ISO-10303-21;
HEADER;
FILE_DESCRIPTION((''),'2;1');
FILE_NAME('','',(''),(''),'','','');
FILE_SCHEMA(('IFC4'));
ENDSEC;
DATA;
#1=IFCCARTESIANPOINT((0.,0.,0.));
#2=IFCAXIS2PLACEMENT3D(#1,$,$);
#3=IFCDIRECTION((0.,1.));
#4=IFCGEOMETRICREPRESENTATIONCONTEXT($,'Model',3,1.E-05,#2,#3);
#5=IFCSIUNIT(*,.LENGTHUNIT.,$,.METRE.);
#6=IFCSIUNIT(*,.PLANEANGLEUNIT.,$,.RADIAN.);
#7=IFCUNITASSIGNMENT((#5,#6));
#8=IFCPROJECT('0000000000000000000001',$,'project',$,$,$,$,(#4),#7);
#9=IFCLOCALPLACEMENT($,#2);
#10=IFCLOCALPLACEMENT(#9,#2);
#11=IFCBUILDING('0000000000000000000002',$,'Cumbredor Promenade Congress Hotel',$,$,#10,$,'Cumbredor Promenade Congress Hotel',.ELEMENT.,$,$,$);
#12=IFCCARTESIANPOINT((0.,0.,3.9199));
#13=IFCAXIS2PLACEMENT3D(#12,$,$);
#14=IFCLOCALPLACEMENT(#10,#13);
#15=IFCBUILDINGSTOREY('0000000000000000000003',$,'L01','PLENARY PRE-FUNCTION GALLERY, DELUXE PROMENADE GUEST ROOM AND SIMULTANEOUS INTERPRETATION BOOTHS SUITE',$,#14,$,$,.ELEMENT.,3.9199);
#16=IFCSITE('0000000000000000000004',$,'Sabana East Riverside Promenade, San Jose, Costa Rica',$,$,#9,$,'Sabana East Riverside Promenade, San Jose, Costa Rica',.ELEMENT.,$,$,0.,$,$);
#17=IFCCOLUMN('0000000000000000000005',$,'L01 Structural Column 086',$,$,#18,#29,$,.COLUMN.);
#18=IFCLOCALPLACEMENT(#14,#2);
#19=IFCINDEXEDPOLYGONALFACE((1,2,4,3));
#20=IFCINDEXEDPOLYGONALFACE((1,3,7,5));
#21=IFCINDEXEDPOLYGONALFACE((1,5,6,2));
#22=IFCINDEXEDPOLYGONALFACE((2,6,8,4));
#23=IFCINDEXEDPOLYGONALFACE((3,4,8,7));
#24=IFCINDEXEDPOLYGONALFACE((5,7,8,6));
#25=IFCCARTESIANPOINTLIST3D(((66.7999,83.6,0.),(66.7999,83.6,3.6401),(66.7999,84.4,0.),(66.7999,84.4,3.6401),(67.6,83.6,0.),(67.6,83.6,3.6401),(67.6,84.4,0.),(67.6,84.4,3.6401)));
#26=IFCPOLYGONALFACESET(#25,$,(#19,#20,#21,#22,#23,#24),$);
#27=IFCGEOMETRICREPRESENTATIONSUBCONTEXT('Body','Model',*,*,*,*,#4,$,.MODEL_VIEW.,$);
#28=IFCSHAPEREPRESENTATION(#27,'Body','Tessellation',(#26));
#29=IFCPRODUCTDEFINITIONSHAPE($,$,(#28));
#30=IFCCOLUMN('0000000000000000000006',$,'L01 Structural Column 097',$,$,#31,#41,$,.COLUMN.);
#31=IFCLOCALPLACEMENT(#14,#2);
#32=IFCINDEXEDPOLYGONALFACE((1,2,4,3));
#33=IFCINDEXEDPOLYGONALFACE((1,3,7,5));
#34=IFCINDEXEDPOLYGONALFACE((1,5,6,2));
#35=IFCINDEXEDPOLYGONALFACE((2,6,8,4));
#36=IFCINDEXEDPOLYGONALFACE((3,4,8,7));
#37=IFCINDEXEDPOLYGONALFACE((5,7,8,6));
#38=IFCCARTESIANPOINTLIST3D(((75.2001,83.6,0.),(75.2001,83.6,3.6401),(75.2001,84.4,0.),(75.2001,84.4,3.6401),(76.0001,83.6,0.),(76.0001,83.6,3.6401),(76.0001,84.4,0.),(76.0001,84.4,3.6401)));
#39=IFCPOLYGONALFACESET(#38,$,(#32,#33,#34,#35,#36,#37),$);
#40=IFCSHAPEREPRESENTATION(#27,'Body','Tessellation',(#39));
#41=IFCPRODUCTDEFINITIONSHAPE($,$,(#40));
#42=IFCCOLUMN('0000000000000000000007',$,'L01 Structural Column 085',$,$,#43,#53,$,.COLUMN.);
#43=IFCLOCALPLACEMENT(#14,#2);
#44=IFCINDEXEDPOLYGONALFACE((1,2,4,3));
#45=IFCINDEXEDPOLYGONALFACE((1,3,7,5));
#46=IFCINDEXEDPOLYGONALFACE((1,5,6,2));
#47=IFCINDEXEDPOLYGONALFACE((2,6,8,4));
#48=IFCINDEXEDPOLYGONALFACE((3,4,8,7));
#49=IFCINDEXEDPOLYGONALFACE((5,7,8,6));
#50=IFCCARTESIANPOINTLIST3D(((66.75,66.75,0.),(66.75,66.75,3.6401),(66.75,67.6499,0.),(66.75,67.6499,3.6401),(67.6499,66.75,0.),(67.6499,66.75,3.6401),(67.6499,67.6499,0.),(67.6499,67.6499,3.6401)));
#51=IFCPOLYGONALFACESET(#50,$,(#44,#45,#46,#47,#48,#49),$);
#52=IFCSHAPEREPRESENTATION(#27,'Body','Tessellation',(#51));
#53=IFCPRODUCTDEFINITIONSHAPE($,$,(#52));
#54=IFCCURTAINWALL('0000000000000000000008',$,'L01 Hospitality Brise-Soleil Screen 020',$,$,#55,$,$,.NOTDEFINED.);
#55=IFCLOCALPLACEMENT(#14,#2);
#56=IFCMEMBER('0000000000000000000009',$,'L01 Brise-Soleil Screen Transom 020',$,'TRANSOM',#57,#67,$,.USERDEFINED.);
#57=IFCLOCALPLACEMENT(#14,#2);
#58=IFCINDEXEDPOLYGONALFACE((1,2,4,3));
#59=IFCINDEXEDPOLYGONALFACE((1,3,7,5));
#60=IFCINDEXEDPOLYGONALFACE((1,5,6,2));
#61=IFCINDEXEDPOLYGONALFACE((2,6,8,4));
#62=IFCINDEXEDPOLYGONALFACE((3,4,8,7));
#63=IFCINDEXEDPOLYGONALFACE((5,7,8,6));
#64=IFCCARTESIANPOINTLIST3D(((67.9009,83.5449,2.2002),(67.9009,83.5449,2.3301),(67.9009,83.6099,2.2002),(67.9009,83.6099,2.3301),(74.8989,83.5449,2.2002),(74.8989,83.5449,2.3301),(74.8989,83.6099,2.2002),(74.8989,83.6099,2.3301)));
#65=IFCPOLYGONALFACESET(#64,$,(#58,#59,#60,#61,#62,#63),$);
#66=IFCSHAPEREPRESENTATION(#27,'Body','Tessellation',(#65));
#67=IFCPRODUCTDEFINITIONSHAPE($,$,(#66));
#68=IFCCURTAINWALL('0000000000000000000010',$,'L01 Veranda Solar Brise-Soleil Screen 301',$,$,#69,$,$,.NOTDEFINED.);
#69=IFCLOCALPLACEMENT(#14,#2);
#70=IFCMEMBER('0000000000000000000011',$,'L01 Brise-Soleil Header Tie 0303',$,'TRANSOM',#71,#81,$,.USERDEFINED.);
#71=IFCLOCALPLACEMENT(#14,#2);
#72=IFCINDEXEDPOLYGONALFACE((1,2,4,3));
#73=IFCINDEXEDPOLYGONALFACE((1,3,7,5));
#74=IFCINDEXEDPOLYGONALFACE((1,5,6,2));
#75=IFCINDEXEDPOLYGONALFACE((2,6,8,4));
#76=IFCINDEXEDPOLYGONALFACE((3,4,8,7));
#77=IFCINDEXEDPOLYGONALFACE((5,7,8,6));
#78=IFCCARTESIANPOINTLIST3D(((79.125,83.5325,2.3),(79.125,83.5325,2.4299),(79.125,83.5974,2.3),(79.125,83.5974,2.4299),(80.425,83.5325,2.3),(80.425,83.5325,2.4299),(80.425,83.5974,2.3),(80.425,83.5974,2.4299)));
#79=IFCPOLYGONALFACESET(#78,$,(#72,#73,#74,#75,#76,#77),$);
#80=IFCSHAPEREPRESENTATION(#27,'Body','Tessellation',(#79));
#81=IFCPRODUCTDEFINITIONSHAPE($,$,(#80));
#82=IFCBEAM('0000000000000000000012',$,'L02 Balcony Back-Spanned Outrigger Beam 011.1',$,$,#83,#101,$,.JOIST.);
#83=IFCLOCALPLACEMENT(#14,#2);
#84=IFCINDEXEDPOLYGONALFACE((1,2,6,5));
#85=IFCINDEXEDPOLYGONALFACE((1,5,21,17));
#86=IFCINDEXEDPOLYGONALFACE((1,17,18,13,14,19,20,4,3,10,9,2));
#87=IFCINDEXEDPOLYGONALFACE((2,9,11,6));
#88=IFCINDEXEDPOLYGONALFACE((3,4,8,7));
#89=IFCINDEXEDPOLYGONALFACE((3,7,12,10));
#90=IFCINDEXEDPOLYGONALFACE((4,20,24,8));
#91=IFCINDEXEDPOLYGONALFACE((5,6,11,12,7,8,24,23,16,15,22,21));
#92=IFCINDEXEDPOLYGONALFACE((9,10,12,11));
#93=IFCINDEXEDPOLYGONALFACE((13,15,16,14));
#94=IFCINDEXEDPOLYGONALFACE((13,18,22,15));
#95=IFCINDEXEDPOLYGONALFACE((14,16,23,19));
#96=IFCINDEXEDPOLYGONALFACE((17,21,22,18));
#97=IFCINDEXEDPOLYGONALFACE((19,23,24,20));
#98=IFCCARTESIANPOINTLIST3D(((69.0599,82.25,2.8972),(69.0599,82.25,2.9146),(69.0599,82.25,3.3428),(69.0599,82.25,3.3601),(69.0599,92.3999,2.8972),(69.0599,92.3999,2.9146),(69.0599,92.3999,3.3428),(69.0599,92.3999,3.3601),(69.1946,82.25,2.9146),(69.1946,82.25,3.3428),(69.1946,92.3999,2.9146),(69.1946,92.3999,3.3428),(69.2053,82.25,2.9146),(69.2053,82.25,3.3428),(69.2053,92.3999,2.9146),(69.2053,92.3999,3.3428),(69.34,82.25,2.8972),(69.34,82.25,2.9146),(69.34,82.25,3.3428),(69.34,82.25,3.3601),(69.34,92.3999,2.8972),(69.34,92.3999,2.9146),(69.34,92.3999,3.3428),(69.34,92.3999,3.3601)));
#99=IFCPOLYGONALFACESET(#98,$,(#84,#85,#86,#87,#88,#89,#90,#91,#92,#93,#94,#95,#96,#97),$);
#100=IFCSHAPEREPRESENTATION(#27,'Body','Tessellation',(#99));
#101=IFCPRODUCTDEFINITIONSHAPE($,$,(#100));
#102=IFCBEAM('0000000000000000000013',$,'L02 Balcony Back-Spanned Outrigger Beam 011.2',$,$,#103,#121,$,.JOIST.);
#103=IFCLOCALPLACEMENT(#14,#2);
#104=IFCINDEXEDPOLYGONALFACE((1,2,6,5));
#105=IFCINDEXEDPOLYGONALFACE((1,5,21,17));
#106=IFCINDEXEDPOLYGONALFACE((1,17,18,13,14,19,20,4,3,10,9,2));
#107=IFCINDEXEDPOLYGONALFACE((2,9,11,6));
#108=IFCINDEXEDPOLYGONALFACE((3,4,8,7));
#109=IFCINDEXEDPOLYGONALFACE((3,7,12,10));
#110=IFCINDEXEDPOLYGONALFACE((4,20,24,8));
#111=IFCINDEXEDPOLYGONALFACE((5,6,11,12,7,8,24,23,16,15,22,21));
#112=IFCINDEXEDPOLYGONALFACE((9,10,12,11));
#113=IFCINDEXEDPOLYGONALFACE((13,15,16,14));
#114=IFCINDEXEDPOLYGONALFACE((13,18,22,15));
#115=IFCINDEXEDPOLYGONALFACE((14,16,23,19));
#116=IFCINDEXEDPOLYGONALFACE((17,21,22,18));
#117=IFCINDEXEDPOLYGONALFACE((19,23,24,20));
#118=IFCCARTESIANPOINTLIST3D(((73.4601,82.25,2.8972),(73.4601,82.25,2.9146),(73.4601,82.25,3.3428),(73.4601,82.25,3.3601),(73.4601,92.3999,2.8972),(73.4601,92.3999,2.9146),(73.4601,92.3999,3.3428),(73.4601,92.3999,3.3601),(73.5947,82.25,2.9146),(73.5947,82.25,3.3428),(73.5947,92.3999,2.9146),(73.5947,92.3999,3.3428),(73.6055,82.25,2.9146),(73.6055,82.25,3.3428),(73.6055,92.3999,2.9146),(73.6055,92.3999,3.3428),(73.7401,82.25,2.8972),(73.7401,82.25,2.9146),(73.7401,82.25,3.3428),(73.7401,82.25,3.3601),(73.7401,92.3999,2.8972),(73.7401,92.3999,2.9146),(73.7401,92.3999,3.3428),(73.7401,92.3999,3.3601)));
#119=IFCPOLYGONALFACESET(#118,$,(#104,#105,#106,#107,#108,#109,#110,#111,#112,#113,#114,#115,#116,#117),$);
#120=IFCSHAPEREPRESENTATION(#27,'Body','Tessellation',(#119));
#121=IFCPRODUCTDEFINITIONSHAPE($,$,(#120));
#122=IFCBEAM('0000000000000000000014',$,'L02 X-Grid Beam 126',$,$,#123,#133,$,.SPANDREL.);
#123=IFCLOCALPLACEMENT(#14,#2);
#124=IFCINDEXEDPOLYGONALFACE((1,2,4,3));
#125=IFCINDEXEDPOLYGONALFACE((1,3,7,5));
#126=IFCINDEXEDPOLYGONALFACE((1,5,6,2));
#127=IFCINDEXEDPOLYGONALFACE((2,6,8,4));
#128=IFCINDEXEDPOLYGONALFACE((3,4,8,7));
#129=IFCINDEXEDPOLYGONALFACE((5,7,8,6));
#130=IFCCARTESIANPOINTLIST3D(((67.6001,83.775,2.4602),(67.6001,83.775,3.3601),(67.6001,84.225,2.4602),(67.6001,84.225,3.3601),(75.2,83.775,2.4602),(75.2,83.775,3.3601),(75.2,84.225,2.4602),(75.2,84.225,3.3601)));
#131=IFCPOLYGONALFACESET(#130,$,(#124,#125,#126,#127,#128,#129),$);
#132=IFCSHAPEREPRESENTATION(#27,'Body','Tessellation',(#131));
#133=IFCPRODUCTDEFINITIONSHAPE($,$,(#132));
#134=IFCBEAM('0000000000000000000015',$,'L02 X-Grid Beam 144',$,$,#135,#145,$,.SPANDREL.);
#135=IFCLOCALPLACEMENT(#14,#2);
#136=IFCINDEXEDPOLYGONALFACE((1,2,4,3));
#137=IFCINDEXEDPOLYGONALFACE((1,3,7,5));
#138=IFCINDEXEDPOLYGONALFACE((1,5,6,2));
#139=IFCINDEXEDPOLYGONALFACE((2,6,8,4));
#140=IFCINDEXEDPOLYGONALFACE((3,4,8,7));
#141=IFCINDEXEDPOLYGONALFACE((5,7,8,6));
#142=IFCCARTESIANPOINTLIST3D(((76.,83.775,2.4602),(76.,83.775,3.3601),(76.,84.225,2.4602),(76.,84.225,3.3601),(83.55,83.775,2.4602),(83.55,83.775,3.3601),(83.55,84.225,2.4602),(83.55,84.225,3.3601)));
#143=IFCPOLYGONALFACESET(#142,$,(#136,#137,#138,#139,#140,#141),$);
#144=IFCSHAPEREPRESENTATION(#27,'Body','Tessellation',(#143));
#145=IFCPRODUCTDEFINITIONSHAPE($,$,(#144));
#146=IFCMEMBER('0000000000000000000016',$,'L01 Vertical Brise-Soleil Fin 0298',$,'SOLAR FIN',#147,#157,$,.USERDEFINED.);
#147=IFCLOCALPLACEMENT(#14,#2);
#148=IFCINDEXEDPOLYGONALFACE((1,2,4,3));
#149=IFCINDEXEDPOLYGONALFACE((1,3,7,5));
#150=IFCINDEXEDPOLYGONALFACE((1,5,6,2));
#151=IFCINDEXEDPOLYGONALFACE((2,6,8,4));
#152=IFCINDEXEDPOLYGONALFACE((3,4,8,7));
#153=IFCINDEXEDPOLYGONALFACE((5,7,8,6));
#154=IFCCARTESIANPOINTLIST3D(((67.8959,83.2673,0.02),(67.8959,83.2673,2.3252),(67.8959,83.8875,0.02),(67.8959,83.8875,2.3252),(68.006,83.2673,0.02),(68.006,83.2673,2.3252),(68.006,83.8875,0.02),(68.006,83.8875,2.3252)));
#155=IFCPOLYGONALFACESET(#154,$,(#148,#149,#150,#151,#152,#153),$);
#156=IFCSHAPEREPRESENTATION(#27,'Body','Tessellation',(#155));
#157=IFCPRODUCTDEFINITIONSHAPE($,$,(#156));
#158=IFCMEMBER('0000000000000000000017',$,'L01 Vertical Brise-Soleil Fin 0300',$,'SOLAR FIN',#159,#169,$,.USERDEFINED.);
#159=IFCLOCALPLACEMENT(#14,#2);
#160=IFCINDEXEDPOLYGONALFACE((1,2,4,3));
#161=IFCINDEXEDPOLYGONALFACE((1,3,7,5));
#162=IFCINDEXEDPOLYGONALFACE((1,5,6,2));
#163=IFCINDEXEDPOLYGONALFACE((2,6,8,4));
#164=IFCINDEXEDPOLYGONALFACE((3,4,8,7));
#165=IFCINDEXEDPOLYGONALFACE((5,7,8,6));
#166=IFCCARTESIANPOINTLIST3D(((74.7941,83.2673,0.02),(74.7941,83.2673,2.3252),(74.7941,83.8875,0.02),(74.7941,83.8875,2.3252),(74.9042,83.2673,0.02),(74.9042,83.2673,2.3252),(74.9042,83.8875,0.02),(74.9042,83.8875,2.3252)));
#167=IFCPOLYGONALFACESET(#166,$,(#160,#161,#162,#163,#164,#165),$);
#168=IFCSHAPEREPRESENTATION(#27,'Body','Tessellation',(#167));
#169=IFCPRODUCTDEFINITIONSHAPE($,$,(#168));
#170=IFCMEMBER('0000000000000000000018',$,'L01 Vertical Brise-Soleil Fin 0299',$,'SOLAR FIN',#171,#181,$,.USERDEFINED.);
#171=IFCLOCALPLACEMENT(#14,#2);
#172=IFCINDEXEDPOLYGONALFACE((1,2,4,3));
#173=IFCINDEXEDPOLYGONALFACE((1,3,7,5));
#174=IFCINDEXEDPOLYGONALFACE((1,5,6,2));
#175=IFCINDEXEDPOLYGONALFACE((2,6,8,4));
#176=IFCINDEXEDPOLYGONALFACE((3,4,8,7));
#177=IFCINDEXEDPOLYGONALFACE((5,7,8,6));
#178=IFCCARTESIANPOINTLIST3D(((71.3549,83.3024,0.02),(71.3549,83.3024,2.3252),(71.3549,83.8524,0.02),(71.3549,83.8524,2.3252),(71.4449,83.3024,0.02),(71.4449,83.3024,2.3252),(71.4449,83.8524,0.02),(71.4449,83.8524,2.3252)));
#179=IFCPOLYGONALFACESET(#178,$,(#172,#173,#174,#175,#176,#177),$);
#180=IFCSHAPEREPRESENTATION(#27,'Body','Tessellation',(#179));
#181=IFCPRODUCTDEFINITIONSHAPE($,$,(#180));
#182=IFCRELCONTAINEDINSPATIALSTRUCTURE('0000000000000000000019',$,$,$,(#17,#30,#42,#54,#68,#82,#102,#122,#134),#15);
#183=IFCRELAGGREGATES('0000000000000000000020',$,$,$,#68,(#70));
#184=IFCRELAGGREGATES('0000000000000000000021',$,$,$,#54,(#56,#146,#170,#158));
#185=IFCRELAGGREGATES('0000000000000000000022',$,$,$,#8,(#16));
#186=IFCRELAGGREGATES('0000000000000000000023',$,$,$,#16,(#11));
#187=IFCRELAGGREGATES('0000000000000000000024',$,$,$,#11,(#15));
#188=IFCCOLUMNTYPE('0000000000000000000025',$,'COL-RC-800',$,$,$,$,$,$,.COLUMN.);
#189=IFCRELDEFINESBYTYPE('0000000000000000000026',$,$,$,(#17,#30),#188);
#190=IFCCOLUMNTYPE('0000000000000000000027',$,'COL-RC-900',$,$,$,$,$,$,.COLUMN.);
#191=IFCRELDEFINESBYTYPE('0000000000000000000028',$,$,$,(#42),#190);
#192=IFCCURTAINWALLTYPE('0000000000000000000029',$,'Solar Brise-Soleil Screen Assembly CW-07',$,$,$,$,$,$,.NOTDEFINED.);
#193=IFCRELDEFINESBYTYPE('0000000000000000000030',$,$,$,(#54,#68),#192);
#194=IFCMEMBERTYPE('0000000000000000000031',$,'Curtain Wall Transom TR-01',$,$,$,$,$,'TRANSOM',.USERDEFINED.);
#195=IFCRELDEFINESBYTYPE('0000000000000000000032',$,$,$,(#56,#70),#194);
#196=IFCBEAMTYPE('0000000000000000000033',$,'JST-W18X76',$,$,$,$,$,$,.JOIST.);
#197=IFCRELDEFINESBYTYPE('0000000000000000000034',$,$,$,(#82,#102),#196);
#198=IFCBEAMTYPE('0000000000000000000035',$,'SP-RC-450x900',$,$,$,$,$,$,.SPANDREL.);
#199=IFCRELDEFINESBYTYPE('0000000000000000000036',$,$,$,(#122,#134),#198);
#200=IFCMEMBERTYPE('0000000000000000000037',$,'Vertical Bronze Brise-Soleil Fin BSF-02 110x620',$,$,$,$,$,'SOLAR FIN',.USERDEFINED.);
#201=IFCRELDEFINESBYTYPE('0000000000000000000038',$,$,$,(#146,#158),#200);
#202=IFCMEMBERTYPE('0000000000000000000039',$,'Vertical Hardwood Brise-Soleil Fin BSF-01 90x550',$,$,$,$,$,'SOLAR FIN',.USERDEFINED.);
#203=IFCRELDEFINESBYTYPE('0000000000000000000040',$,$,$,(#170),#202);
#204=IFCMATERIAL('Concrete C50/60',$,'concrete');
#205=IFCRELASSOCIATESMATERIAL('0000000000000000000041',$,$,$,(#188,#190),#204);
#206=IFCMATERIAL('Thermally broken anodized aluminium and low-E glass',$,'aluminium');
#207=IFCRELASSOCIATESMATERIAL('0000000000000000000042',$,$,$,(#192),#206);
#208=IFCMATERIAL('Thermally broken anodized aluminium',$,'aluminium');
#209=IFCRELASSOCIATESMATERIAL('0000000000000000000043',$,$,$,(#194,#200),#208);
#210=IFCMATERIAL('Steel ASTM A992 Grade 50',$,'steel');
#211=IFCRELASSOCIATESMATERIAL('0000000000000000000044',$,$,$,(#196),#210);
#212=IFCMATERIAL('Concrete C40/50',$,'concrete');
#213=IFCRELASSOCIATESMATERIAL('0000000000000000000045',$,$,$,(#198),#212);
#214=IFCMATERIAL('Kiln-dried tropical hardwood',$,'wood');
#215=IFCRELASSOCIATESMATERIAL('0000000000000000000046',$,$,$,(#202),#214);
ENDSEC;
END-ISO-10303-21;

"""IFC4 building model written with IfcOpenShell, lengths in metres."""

from ifc_helpers import new_model, si_unit, direction, frame, origin, origin_2d, place, context, subcontext, project, spatial, rectangle, i_section, extrude, material, material_profile, profile_set, type_object, element, aggregate, save


model = new_model("IFC4")

# Units and contexts
model_context = context("Model", 3, precision=1e-05, world=origin(), true_north=direction((0.0, 1.0)))
body_context = subcontext(model_context, "Body", "Model", "MODEL_VIEW")
ifc_project = project(units=[si_unit("LENGTHUNIT", "METRE"), si_unit("PLANEANGLEUNIT", "RADIAN")], contexts=[model_context])

# Site, building, storey
site_placement = place(None, origin())
site = spatial("IfcSite", under=ifc_project, at=site_placement, Name="Sabana East Riverside Promenade, San Jose, Costa Rica", LongName="Sabana East Riverside Promenade, San Jose, Costa Rica", CompositionType="ELEMENT", RefElevation=0.0)
building_placement = place(site_placement, origin())
building = spatial("IfcBuilding", under=site, at=building_placement, Name="Cumbredor Promenade Congress Hotel", LongName="Cumbredor Promenade Congress Hotel", CompositionType="ELEMENT")
storey_placement = place(building_placement, frame((0.0, 0.0, 3.9199)))
storey = spatial("IfcBuildingStorey", under=building, at=storey_placement, Name="L01", Description="PLENARY PRE-FUNCTION GALLERY, DELUXE PROMENADE GUEST ROOM AND SIMULTANEOUS INTERPRETATION BOOTHS SUITE", CompositionType="ELEMENT", Elevation=3.9199)

# Columns
ifc_material_1 = material(Name="Concrete C50/60", Category="concrete")
ifc_material_profile_1 = material_profile(ifc_material_1, rectangle(XDim=0.8, YDim=0.8, at=origin_2d()), Name="RC 800x800")
ifc_profile_set_1 = profile_set([ifc_material_profile_1], Name="Concrete C50/60")
column_type_1 = type_object("IfcColumnType", Name="COL-RC-800", PredefinedType="COLUMN", material=ifc_profile_set_1)
for number, where, z_axis, x_axis, name in (
    (1, (67.2, 84.0, 0.0), (0.0, 0.0, 1.0), (1.0, 0.0, 0.0), "L01 Structural Column 086"),
    (2, (75.6001, 84.0, 0.0), (0.0, 0.0, 1.0), (1.0, 0.0, 0.0), "L01 Structural Column 097"),
):
    element("IfcColumn", number, at=place(storey_placement, frame(where, z_axis=z_axis, x_axis=x_axis)), inside=storey, type_object=column_type_1, Name=name, PredefinedType="COLUMN", context=body_context, shape_type="SweptSolid", body=[
        extrude(rectangle(XDim=0.8, YDim=0.8, at=origin_2d()), origin(), (0.0, 0.0, 1.0), 3.6401),
    ])
ifc_material_profile_2 = material_profile(ifc_material_1, rectangle(XDim=0.8999, YDim=0.8999, at=origin_2d()), Name="RC 900x900")
ifc_profile_set_2 = profile_set([ifc_material_profile_2], Name="Concrete C50/60")
column_type_2 = type_object("IfcColumnType", Name="COL-RC-900", PredefinedType="COLUMN", material=ifc_profile_set_2)
column_placement = place(storey_placement, frame((67.2, 67.2, 0.0), z_axis=(0.0, 0.0, 1.0), x_axis=(1.0, 0.0, 0.0)))
element("IfcColumn", 3, at=column_placement, inside=storey, type_object=column_type_2, Name="L01 Structural Column 085", PredefinedType="COLUMN", context=body_context, shape_type="SweptSolid", body=[
    extrude(rectangle(XDim=0.8999, YDim=0.8999, at=origin_2d()), origin(), (0.0, 0.0, 1.0), 3.6401),
])

# Curtain walls, members
ifc_material_2 = material(Name="Thermally broken anodized aluminium and low-E glass", Category="aluminium")
curtain_wall_type = type_object("IfcCurtainWallType", Name="Solar Brise-Soleil Screen Assembly CW-07", PredefinedType="NOTDEFINED", material=ifc_material_2)
curtain_wall_1_placement = place(storey_placement, origin())
curtain_wall_1 = element("IfcCurtainWall", 4, at=curtain_wall_1_placement, inside=storey, type_object=curtain_wall_type, Name="L01 Hospitality Brise-Soleil Screen 020", PredefinedType="NOTDEFINED")
ifc_material_3 = material(Name="Thermally broken anodized aluminium", Category="aluminium")
ifc_material_profile_3 = material_profile(ifc_material_3, rectangle(XDim=0.0649, YDim=0.1299, at=origin_2d()), Name="ALU TRANSOM 65x130")
ifc_profile_set_3 = profile_set([ifc_material_profile_3], Name="Thermally broken anodized aluminium")
member_type_1 = type_object("IfcMemberType", Name="Curtain Wall Transom TR-01", ElementType="TRANSOM", PredefinedType="USERDEFINED", material=ifc_profile_set_3)
member_1_placement = place(storey_placement, frame((67.9009, 83.5774, 2.2651), z_axis=(1.0, 0.0, 0.0), x_axis=(0.0, 1.0, 0.0)))
member_1 = element("IfcMember", 5, at=member_1_placement, type_object=member_type_1, Name="L01 Brise-Soleil Screen Transom 020", ObjectType="TRANSOM", PredefinedType="USERDEFINED", context=body_context, shape_type="SweptSolid", body=[
    extrude(rectangle(XDim=0.0649, YDim=0.1299, at=origin_2d()), origin(), (0.0, 0.0, 1.0), 6.998),
])
curtain_wall_2_placement = place(storey_placement, origin())
curtain_wall_2 = element("IfcCurtainWall", 6, at=curtain_wall_2_placement, inside=storey, type_object=curtain_wall_type, Name="L01 Veranda Solar Brise-Soleil Screen 301", PredefinedType="NOTDEFINED")
member_2_placement = place(storey_placement, frame((79.125, 83.5649, 2.365), z_axis=(1.0, 0.0, 0.0), x_axis=(0.0, 1.0, 0.0)))
member_2 = element("IfcMember", 7, at=member_2_placement, type_object=member_type_1, Name="L01 Brise-Soleil Header Tie 0303", ObjectType="TRANSOM", PredefinedType="USERDEFINED", context=body_context, shape_type="SweptSolid", body=[
    extrude(rectangle(XDim=0.0649, YDim=0.1299, at=origin_2d()), origin(), (0.0, 0.0, 1.0), 1.3),
])

# Beams
ifc_material_4 = material(Name="Steel ASTM A992 Grade 50", Category="steel")
ifc_material_profile_4 = material_profile(ifc_material_4, i_section(OverallWidth=0.28, OverallDepth=0.4629, WebThickness=0.0107, FlangeThickness=0.0173, at=origin_2d()), Name="W18X76")
ifc_profile_set_4 = profile_set([ifc_material_profile_4], Name="Steel ASTM A992 Grade 50")
beam_type_1 = type_object("IfcBeamType", Name="JST-W18X76", PredefinedType="JOIST", material=ifc_profile_set_4)
for number, where, z_axis, x_axis, name in (
    (8, (69.2, 82.25, 3.1287), (0.0, 1.0, 0.0), (-1.0, 0.0, 0.0), "L02 Balcony Back-Spanned Outrigger Beam 011.1"),
    (9, (73.6001, 82.25, 3.1287), (0.0, 1.0, 0.0), (-1.0, 0.0, 0.0), "L02 Balcony Back-Spanned Outrigger Beam 011.2"),
):
    element("IfcBeam", number, at=place(storey_placement, frame(where, z_axis=z_axis, x_axis=x_axis)), inside=storey, type_object=beam_type_1, Name=name, PredefinedType="JOIST", context=body_context, shape_type="SweptSolid", body=[
        extrude(i_section(OverallWidth=0.28, OverallDepth=0.4629, WebThickness=0.0107, FlangeThickness=0.0173, at=origin_2d()), origin(), (0.0, 0.0, 1.0), 10.1499),
    ])
ifc_material_5 = material(Name="Concrete C40/50", Category="concrete")
ifc_material_profile_5 = material_profile(ifc_material_5, rectangle(XDim=0.45, YDim=0.8999, at=origin_2d()), Name="RC SPANDREL 450x900")
ifc_profile_set_5 = profile_set([ifc_material_profile_5], Name="Concrete C40/50")
beam_type_2 = type_object("IfcBeamType", Name="SP-RC-450x900", PredefinedType="SPANDREL", material=ifc_profile_set_5)
beam_1_placement = place(storey_placement, frame((67.6001, 84.0, 2.9102), z_axis=(1.0, 0.0, 0.0), x_axis=(0.0, 1.0, 0.0)))
element("IfcBeam", 10, at=beam_1_placement, inside=storey, type_object=beam_type_2, Name="L02 X-Grid Beam 126", PredefinedType="SPANDREL", context=body_context, shape_type="SweptSolid", body=[
    extrude(rectangle(XDim=0.45, YDim=0.8999, at=origin_2d()), origin(), (0.0, 0.0, 1.0), 7.5999),
])
beam_2_placement = place(storey_placement, frame((76.0, 84.0, 2.9102), z_axis=(1.0, 0.0, 0.0), x_axis=(0.0, 1.0, 0.0)))
element("IfcBeam", 11, at=beam_2_placement, inside=storey, type_object=beam_type_2, Name="L02 X-Grid Beam 144", PredefinedType="SPANDREL", context=body_context, shape_type="SweptSolid", body=[
    extrude(rectangle(XDim=0.45, YDim=0.8999, at=origin_2d()), origin(), (0.0, 0.0, 1.0), 7.55),
])

# Members
ifc_material_profile_6 = material_profile(ifc_material_3, rectangle(XDim=0.1101, YDim=0.6201, at=origin_2d()), Name="ARCH FIN 110x620")
ifc_profile_set_6 = profile_set([ifc_material_profile_6], Name="Thermally broken anodized aluminium")
member_type_2 = type_object("IfcMemberType", Name="Vertical Bronze Brise-Soleil Fin BSF-02 110x620", ElementType="SOLAR FIN", PredefinedType="USERDEFINED", material=ifc_profile_set_6)
member_3_placement = place(storey_placement, frame((67.9509, 83.5774, 0.02), z_axis=(0.0, 0.0, 1.0), x_axis=(1.0, 0.0, 0.0)))
member_3 = element("IfcMember", 12, at=member_3_placement, type_object=member_type_2, Name="L01 Vertical Brise-Soleil Fin 0298", ObjectType="SOLAR FIN", PredefinedType="USERDEFINED", context=body_context, shape_type="SweptSolid", body=[
    extrude(rectangle(XDim=0.1101, YDim=0.6201, at=origin_2d()), origin(), (0.0, 0.0, 1.0), 2.3052),
])
member_4_placement = place(storey_placement, frame((74.8491, 83.5774, 0.02), z_axis=(0.0, 0.0, 1.0), x_axis=(1.0, 0.0, 0.0)))
member_4 = element("IfcMember", 13, at=member_4_placement, type_object=member_type_2, Name="L01 Vertical Brise-Soleil Fin 0300", ObjectType="SOLAR FIN", PredefinedType="USERDEFINED", context=body_context, shape_type="SweptSolid", body=[
    extrude(rectangle(XDim=0.1101, YDim=0.6201, at=origin_2d()), origin(), (0.0, 0.0, 1.0), 2.3052),
])
ifc_material_6 = material(Name="Kiln-dried tropical hardwood", Category="wood")
ifc_material_profile_7 = material_profile(ifc_material_6, rectangle(XDim=0.0901, YDim=0.55, at=origin_2d()), Name="ARCH FIN 90x550")
ifc_profile_set_7 = profile_set([ifc_material_profile_7], Name="Kiln-dried tropical hardwood")
member_type_3 = type_object("IfcMemberType", Name="Vertical Hardwood Brise-Soleil Fin BSF-01 90x550", ElementType="SOLAR FIN", PredefinedType="USERDEFINED", material=ifc_profile_set_7)
member_5_placement = place(storey_placement, frame((71.3999, 83.5774, 0.02), z_axis=(0.0, 0.0, 1.0), x_axis=(1.0, 0.0, 0.0)))
member_5 = element("IfcMember", 14, at=member_5_placement, type_object=member_type_3, Name="L01 Vertical Brise-Soleil Fin 0299", ObjectType="SOLAR FIN", PredefinedType="USERDEFINED", context=body_context, shape_type="SweptSolid", body=[
    extrude(rectangle(XDim=0.0901, YDim=0.55, at=origin_2d()), origin(), (0.0, 0.0, 1.0), 2.3052),
])
aggregate(curtain_wall_2, [member_2])

aggregate(curtain_wall_1, [member_1, member_3, member_5, member_4])

save(model, "model.ifc")
